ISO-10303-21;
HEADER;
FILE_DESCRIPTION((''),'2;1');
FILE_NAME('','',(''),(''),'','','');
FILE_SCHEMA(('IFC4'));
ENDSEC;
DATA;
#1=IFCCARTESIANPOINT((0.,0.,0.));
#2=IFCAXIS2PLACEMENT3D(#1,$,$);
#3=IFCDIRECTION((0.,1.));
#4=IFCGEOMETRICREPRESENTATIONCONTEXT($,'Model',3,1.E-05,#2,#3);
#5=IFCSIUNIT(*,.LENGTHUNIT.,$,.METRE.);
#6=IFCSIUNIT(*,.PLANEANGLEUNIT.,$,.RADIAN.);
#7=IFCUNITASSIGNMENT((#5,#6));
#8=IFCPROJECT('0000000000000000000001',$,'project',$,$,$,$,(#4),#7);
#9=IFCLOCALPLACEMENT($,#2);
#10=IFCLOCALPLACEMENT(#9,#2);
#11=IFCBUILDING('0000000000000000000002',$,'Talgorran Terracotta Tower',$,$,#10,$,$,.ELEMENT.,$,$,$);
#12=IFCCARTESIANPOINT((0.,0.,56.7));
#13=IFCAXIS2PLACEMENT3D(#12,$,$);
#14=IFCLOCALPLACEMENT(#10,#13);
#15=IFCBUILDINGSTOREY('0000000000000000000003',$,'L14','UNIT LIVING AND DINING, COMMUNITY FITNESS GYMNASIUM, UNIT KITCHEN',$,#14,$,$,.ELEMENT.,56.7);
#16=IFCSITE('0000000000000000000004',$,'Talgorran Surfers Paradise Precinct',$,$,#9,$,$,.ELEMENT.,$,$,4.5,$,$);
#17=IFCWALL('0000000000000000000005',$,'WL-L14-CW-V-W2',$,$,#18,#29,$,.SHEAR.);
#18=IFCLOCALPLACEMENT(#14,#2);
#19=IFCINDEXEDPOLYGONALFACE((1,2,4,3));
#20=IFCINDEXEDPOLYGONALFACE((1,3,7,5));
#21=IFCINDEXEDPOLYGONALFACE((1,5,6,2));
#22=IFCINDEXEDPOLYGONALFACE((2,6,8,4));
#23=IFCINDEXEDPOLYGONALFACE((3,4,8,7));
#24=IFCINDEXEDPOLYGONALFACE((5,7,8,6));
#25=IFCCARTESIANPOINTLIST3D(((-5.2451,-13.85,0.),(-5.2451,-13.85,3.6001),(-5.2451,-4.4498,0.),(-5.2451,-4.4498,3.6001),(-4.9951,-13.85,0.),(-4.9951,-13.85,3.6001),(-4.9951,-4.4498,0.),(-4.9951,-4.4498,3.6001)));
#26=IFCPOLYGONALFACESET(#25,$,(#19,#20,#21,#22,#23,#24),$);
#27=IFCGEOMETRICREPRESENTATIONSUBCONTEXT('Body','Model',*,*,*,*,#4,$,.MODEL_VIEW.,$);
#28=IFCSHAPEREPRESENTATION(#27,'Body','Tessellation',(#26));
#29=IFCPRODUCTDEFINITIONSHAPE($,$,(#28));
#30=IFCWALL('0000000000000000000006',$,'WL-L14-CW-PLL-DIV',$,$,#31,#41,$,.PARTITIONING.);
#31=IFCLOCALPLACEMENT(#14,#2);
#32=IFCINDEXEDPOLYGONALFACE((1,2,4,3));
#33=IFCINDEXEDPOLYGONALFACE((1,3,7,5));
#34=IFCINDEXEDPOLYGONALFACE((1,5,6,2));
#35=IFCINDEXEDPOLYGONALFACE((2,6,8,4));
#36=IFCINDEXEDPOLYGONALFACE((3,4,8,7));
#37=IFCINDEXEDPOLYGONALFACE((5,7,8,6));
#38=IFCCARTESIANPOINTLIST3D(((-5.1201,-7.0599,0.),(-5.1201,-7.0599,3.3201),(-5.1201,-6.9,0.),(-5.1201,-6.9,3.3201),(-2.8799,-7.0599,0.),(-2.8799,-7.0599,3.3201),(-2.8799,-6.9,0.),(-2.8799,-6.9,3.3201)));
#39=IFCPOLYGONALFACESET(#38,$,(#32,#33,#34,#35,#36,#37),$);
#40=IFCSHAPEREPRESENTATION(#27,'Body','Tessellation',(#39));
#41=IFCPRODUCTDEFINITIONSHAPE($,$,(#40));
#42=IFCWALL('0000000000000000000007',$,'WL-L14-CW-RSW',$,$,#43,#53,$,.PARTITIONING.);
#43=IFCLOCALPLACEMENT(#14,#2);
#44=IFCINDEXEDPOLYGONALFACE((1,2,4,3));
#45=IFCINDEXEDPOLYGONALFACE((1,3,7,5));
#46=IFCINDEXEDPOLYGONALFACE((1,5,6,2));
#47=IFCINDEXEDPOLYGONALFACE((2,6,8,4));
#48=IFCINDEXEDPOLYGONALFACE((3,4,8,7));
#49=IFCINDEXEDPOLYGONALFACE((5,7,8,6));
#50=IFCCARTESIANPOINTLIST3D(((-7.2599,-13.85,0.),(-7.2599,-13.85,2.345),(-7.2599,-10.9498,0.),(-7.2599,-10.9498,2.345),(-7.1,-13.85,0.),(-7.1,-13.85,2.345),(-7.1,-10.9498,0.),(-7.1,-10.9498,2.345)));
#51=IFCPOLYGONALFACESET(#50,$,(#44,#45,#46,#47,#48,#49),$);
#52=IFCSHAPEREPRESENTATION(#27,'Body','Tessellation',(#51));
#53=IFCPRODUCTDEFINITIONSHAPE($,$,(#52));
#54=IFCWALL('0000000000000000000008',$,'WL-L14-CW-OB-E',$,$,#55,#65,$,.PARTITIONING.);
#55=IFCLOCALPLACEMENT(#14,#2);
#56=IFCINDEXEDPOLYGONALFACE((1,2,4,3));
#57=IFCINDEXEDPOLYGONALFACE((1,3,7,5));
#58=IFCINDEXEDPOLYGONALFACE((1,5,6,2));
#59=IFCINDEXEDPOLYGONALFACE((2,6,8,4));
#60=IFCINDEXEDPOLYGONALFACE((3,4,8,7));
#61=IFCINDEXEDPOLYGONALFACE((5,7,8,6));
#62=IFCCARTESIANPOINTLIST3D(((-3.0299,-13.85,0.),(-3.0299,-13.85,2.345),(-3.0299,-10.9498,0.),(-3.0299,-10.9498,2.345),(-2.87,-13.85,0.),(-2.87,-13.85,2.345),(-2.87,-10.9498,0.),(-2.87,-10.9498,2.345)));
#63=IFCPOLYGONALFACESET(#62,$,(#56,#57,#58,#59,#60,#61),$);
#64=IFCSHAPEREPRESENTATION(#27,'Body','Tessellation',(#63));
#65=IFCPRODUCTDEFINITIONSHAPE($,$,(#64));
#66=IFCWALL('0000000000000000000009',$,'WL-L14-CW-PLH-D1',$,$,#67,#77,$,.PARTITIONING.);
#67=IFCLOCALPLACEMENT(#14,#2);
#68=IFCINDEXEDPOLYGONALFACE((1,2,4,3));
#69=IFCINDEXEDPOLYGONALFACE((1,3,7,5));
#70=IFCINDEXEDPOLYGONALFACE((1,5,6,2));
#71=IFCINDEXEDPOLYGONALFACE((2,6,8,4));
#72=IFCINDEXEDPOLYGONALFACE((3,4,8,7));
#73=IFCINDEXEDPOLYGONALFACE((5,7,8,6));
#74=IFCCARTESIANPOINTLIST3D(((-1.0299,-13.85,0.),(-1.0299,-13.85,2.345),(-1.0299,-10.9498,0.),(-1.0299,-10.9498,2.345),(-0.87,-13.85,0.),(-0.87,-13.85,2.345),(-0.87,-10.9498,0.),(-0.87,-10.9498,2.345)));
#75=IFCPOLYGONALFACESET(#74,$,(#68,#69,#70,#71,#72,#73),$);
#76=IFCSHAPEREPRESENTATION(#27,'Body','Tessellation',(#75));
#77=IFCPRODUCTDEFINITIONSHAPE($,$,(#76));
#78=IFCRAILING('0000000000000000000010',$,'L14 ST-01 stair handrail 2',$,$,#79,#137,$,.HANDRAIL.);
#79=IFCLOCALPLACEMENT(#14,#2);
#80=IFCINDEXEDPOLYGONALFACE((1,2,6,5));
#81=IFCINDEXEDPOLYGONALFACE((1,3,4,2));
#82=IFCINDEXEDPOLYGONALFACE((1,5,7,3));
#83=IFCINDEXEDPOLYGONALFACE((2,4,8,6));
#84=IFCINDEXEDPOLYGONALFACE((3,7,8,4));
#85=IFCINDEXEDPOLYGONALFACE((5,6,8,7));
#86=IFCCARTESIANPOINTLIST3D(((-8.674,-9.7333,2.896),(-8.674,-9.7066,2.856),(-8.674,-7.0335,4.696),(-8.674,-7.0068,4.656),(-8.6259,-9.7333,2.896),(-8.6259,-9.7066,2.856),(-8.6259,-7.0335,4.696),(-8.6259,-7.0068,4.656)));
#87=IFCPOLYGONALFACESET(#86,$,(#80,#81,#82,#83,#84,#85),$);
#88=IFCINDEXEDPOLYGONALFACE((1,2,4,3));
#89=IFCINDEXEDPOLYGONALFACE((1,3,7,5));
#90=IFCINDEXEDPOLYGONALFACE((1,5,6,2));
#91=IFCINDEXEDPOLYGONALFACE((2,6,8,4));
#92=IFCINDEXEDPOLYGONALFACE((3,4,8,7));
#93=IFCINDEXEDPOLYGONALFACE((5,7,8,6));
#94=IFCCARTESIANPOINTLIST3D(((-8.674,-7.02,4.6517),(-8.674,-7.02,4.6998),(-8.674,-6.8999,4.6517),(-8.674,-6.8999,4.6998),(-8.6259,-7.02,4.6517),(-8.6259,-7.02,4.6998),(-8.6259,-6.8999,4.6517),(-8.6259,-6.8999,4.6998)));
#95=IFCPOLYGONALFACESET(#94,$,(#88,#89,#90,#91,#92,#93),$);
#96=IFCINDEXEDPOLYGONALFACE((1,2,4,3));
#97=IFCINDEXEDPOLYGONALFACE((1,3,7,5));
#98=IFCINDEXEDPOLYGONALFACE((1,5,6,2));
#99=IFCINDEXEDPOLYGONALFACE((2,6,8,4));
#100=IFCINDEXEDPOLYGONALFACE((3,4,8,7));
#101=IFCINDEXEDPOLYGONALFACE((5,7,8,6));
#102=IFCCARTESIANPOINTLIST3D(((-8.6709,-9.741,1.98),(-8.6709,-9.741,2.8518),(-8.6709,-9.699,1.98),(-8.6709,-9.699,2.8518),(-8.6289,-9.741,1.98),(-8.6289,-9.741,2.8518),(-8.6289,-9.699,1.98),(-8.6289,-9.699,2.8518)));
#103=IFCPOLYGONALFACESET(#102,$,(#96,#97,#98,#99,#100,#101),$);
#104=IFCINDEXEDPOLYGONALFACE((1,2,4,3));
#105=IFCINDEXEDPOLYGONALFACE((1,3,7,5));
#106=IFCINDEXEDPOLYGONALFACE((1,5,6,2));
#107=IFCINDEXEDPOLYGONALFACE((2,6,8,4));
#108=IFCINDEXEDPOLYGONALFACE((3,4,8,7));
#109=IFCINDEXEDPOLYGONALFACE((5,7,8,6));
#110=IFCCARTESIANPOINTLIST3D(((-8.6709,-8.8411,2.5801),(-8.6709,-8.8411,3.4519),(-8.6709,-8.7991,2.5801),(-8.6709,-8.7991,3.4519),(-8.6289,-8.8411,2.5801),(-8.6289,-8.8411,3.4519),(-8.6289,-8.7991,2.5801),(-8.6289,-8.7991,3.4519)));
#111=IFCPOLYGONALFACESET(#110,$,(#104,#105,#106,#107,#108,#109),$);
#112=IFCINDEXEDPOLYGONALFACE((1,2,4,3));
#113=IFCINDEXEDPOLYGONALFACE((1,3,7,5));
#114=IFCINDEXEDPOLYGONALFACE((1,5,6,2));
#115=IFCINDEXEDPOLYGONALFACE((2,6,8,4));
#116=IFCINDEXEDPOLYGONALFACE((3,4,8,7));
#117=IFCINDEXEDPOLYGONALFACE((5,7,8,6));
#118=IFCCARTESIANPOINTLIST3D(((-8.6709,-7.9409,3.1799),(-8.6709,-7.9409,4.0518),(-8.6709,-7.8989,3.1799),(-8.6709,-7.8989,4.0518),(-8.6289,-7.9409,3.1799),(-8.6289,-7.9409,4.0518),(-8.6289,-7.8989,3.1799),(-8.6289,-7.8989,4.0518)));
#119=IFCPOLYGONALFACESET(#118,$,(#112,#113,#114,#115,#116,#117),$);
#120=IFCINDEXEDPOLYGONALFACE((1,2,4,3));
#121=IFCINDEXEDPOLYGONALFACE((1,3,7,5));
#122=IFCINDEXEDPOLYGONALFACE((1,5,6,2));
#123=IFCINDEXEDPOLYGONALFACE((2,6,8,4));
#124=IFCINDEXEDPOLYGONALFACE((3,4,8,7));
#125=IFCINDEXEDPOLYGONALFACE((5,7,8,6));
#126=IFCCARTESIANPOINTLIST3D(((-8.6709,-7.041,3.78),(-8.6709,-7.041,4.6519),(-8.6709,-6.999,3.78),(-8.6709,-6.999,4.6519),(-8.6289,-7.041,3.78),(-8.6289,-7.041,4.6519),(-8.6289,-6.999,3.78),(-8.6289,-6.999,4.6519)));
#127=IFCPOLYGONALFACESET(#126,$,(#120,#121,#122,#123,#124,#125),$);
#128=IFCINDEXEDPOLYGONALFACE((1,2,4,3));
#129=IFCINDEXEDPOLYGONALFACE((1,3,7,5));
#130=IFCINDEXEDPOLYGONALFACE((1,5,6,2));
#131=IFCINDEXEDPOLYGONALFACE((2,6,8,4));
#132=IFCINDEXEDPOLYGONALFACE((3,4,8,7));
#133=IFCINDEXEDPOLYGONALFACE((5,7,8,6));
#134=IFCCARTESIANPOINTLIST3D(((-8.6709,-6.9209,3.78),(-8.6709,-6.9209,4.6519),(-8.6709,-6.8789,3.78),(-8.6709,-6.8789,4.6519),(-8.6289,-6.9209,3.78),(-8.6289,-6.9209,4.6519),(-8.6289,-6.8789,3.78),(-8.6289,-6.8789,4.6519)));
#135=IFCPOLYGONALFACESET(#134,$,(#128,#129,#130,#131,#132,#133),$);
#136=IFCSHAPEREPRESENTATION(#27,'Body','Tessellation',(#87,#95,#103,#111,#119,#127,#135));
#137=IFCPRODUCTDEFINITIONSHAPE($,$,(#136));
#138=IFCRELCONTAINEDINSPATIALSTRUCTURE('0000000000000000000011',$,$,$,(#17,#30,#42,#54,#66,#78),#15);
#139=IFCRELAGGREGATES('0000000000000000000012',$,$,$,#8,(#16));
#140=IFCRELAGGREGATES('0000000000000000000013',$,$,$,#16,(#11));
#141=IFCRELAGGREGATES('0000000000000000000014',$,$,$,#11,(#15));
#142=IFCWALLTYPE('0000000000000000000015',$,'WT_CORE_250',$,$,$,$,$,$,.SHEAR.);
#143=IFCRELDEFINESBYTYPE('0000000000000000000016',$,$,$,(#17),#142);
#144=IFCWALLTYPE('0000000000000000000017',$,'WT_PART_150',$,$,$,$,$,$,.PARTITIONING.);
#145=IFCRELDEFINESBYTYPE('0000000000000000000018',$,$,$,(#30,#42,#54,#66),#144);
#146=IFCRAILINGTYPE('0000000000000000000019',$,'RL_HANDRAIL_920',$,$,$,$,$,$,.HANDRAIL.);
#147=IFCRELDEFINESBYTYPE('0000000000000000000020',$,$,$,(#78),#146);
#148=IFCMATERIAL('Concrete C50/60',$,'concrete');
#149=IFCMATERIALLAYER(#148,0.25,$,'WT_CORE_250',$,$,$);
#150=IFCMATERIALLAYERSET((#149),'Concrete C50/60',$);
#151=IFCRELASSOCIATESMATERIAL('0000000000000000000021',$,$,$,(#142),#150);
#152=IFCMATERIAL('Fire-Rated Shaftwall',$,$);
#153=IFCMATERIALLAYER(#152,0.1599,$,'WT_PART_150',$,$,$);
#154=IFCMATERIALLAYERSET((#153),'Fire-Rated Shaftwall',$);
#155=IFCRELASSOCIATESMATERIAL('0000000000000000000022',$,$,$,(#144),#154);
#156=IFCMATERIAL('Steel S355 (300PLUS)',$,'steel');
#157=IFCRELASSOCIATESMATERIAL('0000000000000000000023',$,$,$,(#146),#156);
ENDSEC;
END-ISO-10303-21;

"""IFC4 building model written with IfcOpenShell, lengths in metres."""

from ifc_helpers import new_model, si_unit, direction, frame, frame_2d, origin, origin_2d, place, context, subcontext, project, spatial, rectangle, extrude, material, layer, layer_set, type_object, element, save


model = new_model("IFC4")

# Units and contexts
model_context = context("Model", 3, precision=1e-05, world=origin(), true_north=direction((0.0, 1.0)))
body_context = subcontext(model_context, "Body", "Model", "MODEL_VIEW")
ifc_project = project(units=[si_unit("LENGTHUNIT", "METRE"), si_unit("PLANEANGLEUNIT", "RADIAN")], contexts=[model_context])

# Site, building, storey
site_placement = place(None, origin())
site = spatial("IfcSite", under=ifc_project, at=site_placement, Name="Talgorran Surfers Paradise Precinct", CompositionType="ELEMENT", RefElevation=4.5)
building_placement = place(site_placement, origin())
building = spatial("IfcBuilding", under=site, at=building_placement, Name="Talgorran Terracotta Tower", CompositionType="ELEMENT")
storey_placement = place(building_placement, frame((0.0, 0.0, 56.7)))
storey = spatial("IfcBuildingStorey", under=building, at=storey_placement, Name="L14", Description="UNIT LIVING AND DINING, COMMUNITY FITNESS GYMNASIUM, UNIT KITCHEN", CompositionType="ELEMENT", Elevation=56.7)

# Shared definitions
ifc_material_1 = material(Name="Concrete C50/60", Category="concrete")

# Walls
ifc_layer_1 = layer(ifc_material_1, 0.25, Name="WT_CORE_250")
ifc_layer_set_1 = layer_set([ifc_layer_1], Name="Concrete C50/60")
wall_type_1 = type_object("IfcWallType", Name="WT_CORE_250", PredefinedType="SHEAR", material=ifc_layer_set_1)
wall_1_placement = place(storey_placement, frame((-5.1201, -13.8501, 0.0), z_axis=(0.0, 0.0, 1.0), x_axis=(0.0, 1.0, 0.0)))
element("IfcWall", 1, at=wall_1_placement, inside=storey, type_object=wall_type_1, Name="WL-L14-CW-V-W2", PredefinedType="SHEAR", context=body_context, shape_type="SweptSolid", body=[
    extrude(rectangle(XDim=9.4001, YDim=0.25, at=frame_2d((4.7002, 0.0))), origin(), (0.0, 0.0, 1.0), 3.6001),
])
ifc_material_2 = material(Name="Fire-Rated Shaftwall")
ifc_layer_2 = layer(ifc_material_2, 0.1599, Name="WT_PART_150")
ifc_layer_set_2 = layer_set([ifc_layer_2], Name="Fire-Rated Shaftwall")
wall_type_2 = type_object("IfcWallType", Name="WT_PART_150", PredefinedType="PARTITIONING", material=ifc_layer_set_2)
wall_2_placement = place(storey_placement, frame((-5.1201, -6.98, 0.0), z_axis=(0.0, 0.0, 1.0), x_axis=(1.0, 0.0, 0.0)))
element("IfcWall", 2, at=wall_2_placement, inside=storey, type_object=wall_type_2, Name="WL-L14-CW-PLL-DIV", PredefinedType="PARTITIONING", context=body_context, shape_type="SweptSolid", body=[
    extrude(rectangle(XDim=2.2402, YDim=0.1599, at=frame_2d((1.1201, 0.0))), origin(), (0.0, 0.0, 1.0), 3.3201),
])
for number, where, z_axis, x_axis, name in (
    (3, (-7.1799, -13.8501, 0.0), (0.0, 0.0, 1.0), (0.0, 1.0, 0.0), "WL-L14-CW-RSW"),
    (4, (-2.95, -13.8501, 0.0), (0.0, 0.0, 1.0), (0.0, 1.0, 0.0), "WL-L14-CW-OB-E"),
    (5, (-0.95, -13.8501, 0.0), (0.0, 0.0, 1.0), (0.0, 1.0, 0.0), "WL-L14-CW-PLH-D1"),
):
    element("IfcWall", number, at=place(storey_placement, frame(where, z_axis=z_axis, x_axis=x_axis)), inside=storey, type_object=wall_type_2, Name=name, PredefinedType="PARTITIONING", context=body_context, shape_type="SweptSolid", body=[
        extrude(rectangle(XDim=2.9001, YDim=0.1599, at=frame_2d((1.4502, 0.0))), origin(), (0.0, 0.0, 1.0), 2.345),
    ])

# Railing
ifc_material_3 = material(Name="Steel S355 (300PLUS)", Category="steel")
railing_type = type_object("IfcRailingType", Name="RL_HANDRAIL_920", PredefinedType="HANDRAIL", material=ifc_material_3)
railing_placement = place(storey_placement, frame((-8.6499, -9.72, 1.98)))
element("IfcRailing", 6, at=railing_placement, inside=storey, type_object=railing_type, Name="L14 ST-01 stair handrail 2", PredefinedType="HANDRAIL", context=body_context, shape_type="SweptSolid", body=[
    extrude(rectangle(XDim=0.0481, YDim=0.0481, at=origin_2d()), frame((0.0, 0.0, 0.896), z_axis=(0.0, 0.832039, 0.554718), x_axis=(-1.0, 0.0, 0.0)), (0.0, 0.0, 1.0), 3.2449),
    extrude(rectangle(XDim=0.0481, YDim=0.0481, at=origin_2d()), frame((0.0, 2.7, 2.6958), z_axis=(0.0, 1.0, 0.0), x_axis=(-1.0, 0.0, 0.0)), (0.0, 0.0, 1.0), 0.1201),
    extrude(rectangle(XDim=0.042, YDim=0.042, at=origin_2d()), origin(), (0.0, 0.0, 1.0), 0.8718),
    extrude(rectangle(XDim=0.042, YDim=0.042, at=origin_2d()), frame((0.0, 0.8999, 0.6001)), (0.0, 0.0, 1.0), 0.8718),
    extrude(rectangle(XDim=0.042, YDim=0.042, at=origin_2d()), frame((0.0, 1.8, 1.2)), (0.0, 0.0, 1.0), 0.8718),
    extrude(rectangle(XDim=0.042, YDim=0.042, at=origin_2d()), frame((0.0, 2.7, 1.8)), (0.0, 0.0, 1.0), 0.8718),
    extrude(rectangle(XDim=0.042, YDim=0.042, at=origin_2d()), frame((0.0, 2.8201, 1.8)), (0.0, 0.0, 1.0), 0.8718),
])

save(model, "model.ifc")
